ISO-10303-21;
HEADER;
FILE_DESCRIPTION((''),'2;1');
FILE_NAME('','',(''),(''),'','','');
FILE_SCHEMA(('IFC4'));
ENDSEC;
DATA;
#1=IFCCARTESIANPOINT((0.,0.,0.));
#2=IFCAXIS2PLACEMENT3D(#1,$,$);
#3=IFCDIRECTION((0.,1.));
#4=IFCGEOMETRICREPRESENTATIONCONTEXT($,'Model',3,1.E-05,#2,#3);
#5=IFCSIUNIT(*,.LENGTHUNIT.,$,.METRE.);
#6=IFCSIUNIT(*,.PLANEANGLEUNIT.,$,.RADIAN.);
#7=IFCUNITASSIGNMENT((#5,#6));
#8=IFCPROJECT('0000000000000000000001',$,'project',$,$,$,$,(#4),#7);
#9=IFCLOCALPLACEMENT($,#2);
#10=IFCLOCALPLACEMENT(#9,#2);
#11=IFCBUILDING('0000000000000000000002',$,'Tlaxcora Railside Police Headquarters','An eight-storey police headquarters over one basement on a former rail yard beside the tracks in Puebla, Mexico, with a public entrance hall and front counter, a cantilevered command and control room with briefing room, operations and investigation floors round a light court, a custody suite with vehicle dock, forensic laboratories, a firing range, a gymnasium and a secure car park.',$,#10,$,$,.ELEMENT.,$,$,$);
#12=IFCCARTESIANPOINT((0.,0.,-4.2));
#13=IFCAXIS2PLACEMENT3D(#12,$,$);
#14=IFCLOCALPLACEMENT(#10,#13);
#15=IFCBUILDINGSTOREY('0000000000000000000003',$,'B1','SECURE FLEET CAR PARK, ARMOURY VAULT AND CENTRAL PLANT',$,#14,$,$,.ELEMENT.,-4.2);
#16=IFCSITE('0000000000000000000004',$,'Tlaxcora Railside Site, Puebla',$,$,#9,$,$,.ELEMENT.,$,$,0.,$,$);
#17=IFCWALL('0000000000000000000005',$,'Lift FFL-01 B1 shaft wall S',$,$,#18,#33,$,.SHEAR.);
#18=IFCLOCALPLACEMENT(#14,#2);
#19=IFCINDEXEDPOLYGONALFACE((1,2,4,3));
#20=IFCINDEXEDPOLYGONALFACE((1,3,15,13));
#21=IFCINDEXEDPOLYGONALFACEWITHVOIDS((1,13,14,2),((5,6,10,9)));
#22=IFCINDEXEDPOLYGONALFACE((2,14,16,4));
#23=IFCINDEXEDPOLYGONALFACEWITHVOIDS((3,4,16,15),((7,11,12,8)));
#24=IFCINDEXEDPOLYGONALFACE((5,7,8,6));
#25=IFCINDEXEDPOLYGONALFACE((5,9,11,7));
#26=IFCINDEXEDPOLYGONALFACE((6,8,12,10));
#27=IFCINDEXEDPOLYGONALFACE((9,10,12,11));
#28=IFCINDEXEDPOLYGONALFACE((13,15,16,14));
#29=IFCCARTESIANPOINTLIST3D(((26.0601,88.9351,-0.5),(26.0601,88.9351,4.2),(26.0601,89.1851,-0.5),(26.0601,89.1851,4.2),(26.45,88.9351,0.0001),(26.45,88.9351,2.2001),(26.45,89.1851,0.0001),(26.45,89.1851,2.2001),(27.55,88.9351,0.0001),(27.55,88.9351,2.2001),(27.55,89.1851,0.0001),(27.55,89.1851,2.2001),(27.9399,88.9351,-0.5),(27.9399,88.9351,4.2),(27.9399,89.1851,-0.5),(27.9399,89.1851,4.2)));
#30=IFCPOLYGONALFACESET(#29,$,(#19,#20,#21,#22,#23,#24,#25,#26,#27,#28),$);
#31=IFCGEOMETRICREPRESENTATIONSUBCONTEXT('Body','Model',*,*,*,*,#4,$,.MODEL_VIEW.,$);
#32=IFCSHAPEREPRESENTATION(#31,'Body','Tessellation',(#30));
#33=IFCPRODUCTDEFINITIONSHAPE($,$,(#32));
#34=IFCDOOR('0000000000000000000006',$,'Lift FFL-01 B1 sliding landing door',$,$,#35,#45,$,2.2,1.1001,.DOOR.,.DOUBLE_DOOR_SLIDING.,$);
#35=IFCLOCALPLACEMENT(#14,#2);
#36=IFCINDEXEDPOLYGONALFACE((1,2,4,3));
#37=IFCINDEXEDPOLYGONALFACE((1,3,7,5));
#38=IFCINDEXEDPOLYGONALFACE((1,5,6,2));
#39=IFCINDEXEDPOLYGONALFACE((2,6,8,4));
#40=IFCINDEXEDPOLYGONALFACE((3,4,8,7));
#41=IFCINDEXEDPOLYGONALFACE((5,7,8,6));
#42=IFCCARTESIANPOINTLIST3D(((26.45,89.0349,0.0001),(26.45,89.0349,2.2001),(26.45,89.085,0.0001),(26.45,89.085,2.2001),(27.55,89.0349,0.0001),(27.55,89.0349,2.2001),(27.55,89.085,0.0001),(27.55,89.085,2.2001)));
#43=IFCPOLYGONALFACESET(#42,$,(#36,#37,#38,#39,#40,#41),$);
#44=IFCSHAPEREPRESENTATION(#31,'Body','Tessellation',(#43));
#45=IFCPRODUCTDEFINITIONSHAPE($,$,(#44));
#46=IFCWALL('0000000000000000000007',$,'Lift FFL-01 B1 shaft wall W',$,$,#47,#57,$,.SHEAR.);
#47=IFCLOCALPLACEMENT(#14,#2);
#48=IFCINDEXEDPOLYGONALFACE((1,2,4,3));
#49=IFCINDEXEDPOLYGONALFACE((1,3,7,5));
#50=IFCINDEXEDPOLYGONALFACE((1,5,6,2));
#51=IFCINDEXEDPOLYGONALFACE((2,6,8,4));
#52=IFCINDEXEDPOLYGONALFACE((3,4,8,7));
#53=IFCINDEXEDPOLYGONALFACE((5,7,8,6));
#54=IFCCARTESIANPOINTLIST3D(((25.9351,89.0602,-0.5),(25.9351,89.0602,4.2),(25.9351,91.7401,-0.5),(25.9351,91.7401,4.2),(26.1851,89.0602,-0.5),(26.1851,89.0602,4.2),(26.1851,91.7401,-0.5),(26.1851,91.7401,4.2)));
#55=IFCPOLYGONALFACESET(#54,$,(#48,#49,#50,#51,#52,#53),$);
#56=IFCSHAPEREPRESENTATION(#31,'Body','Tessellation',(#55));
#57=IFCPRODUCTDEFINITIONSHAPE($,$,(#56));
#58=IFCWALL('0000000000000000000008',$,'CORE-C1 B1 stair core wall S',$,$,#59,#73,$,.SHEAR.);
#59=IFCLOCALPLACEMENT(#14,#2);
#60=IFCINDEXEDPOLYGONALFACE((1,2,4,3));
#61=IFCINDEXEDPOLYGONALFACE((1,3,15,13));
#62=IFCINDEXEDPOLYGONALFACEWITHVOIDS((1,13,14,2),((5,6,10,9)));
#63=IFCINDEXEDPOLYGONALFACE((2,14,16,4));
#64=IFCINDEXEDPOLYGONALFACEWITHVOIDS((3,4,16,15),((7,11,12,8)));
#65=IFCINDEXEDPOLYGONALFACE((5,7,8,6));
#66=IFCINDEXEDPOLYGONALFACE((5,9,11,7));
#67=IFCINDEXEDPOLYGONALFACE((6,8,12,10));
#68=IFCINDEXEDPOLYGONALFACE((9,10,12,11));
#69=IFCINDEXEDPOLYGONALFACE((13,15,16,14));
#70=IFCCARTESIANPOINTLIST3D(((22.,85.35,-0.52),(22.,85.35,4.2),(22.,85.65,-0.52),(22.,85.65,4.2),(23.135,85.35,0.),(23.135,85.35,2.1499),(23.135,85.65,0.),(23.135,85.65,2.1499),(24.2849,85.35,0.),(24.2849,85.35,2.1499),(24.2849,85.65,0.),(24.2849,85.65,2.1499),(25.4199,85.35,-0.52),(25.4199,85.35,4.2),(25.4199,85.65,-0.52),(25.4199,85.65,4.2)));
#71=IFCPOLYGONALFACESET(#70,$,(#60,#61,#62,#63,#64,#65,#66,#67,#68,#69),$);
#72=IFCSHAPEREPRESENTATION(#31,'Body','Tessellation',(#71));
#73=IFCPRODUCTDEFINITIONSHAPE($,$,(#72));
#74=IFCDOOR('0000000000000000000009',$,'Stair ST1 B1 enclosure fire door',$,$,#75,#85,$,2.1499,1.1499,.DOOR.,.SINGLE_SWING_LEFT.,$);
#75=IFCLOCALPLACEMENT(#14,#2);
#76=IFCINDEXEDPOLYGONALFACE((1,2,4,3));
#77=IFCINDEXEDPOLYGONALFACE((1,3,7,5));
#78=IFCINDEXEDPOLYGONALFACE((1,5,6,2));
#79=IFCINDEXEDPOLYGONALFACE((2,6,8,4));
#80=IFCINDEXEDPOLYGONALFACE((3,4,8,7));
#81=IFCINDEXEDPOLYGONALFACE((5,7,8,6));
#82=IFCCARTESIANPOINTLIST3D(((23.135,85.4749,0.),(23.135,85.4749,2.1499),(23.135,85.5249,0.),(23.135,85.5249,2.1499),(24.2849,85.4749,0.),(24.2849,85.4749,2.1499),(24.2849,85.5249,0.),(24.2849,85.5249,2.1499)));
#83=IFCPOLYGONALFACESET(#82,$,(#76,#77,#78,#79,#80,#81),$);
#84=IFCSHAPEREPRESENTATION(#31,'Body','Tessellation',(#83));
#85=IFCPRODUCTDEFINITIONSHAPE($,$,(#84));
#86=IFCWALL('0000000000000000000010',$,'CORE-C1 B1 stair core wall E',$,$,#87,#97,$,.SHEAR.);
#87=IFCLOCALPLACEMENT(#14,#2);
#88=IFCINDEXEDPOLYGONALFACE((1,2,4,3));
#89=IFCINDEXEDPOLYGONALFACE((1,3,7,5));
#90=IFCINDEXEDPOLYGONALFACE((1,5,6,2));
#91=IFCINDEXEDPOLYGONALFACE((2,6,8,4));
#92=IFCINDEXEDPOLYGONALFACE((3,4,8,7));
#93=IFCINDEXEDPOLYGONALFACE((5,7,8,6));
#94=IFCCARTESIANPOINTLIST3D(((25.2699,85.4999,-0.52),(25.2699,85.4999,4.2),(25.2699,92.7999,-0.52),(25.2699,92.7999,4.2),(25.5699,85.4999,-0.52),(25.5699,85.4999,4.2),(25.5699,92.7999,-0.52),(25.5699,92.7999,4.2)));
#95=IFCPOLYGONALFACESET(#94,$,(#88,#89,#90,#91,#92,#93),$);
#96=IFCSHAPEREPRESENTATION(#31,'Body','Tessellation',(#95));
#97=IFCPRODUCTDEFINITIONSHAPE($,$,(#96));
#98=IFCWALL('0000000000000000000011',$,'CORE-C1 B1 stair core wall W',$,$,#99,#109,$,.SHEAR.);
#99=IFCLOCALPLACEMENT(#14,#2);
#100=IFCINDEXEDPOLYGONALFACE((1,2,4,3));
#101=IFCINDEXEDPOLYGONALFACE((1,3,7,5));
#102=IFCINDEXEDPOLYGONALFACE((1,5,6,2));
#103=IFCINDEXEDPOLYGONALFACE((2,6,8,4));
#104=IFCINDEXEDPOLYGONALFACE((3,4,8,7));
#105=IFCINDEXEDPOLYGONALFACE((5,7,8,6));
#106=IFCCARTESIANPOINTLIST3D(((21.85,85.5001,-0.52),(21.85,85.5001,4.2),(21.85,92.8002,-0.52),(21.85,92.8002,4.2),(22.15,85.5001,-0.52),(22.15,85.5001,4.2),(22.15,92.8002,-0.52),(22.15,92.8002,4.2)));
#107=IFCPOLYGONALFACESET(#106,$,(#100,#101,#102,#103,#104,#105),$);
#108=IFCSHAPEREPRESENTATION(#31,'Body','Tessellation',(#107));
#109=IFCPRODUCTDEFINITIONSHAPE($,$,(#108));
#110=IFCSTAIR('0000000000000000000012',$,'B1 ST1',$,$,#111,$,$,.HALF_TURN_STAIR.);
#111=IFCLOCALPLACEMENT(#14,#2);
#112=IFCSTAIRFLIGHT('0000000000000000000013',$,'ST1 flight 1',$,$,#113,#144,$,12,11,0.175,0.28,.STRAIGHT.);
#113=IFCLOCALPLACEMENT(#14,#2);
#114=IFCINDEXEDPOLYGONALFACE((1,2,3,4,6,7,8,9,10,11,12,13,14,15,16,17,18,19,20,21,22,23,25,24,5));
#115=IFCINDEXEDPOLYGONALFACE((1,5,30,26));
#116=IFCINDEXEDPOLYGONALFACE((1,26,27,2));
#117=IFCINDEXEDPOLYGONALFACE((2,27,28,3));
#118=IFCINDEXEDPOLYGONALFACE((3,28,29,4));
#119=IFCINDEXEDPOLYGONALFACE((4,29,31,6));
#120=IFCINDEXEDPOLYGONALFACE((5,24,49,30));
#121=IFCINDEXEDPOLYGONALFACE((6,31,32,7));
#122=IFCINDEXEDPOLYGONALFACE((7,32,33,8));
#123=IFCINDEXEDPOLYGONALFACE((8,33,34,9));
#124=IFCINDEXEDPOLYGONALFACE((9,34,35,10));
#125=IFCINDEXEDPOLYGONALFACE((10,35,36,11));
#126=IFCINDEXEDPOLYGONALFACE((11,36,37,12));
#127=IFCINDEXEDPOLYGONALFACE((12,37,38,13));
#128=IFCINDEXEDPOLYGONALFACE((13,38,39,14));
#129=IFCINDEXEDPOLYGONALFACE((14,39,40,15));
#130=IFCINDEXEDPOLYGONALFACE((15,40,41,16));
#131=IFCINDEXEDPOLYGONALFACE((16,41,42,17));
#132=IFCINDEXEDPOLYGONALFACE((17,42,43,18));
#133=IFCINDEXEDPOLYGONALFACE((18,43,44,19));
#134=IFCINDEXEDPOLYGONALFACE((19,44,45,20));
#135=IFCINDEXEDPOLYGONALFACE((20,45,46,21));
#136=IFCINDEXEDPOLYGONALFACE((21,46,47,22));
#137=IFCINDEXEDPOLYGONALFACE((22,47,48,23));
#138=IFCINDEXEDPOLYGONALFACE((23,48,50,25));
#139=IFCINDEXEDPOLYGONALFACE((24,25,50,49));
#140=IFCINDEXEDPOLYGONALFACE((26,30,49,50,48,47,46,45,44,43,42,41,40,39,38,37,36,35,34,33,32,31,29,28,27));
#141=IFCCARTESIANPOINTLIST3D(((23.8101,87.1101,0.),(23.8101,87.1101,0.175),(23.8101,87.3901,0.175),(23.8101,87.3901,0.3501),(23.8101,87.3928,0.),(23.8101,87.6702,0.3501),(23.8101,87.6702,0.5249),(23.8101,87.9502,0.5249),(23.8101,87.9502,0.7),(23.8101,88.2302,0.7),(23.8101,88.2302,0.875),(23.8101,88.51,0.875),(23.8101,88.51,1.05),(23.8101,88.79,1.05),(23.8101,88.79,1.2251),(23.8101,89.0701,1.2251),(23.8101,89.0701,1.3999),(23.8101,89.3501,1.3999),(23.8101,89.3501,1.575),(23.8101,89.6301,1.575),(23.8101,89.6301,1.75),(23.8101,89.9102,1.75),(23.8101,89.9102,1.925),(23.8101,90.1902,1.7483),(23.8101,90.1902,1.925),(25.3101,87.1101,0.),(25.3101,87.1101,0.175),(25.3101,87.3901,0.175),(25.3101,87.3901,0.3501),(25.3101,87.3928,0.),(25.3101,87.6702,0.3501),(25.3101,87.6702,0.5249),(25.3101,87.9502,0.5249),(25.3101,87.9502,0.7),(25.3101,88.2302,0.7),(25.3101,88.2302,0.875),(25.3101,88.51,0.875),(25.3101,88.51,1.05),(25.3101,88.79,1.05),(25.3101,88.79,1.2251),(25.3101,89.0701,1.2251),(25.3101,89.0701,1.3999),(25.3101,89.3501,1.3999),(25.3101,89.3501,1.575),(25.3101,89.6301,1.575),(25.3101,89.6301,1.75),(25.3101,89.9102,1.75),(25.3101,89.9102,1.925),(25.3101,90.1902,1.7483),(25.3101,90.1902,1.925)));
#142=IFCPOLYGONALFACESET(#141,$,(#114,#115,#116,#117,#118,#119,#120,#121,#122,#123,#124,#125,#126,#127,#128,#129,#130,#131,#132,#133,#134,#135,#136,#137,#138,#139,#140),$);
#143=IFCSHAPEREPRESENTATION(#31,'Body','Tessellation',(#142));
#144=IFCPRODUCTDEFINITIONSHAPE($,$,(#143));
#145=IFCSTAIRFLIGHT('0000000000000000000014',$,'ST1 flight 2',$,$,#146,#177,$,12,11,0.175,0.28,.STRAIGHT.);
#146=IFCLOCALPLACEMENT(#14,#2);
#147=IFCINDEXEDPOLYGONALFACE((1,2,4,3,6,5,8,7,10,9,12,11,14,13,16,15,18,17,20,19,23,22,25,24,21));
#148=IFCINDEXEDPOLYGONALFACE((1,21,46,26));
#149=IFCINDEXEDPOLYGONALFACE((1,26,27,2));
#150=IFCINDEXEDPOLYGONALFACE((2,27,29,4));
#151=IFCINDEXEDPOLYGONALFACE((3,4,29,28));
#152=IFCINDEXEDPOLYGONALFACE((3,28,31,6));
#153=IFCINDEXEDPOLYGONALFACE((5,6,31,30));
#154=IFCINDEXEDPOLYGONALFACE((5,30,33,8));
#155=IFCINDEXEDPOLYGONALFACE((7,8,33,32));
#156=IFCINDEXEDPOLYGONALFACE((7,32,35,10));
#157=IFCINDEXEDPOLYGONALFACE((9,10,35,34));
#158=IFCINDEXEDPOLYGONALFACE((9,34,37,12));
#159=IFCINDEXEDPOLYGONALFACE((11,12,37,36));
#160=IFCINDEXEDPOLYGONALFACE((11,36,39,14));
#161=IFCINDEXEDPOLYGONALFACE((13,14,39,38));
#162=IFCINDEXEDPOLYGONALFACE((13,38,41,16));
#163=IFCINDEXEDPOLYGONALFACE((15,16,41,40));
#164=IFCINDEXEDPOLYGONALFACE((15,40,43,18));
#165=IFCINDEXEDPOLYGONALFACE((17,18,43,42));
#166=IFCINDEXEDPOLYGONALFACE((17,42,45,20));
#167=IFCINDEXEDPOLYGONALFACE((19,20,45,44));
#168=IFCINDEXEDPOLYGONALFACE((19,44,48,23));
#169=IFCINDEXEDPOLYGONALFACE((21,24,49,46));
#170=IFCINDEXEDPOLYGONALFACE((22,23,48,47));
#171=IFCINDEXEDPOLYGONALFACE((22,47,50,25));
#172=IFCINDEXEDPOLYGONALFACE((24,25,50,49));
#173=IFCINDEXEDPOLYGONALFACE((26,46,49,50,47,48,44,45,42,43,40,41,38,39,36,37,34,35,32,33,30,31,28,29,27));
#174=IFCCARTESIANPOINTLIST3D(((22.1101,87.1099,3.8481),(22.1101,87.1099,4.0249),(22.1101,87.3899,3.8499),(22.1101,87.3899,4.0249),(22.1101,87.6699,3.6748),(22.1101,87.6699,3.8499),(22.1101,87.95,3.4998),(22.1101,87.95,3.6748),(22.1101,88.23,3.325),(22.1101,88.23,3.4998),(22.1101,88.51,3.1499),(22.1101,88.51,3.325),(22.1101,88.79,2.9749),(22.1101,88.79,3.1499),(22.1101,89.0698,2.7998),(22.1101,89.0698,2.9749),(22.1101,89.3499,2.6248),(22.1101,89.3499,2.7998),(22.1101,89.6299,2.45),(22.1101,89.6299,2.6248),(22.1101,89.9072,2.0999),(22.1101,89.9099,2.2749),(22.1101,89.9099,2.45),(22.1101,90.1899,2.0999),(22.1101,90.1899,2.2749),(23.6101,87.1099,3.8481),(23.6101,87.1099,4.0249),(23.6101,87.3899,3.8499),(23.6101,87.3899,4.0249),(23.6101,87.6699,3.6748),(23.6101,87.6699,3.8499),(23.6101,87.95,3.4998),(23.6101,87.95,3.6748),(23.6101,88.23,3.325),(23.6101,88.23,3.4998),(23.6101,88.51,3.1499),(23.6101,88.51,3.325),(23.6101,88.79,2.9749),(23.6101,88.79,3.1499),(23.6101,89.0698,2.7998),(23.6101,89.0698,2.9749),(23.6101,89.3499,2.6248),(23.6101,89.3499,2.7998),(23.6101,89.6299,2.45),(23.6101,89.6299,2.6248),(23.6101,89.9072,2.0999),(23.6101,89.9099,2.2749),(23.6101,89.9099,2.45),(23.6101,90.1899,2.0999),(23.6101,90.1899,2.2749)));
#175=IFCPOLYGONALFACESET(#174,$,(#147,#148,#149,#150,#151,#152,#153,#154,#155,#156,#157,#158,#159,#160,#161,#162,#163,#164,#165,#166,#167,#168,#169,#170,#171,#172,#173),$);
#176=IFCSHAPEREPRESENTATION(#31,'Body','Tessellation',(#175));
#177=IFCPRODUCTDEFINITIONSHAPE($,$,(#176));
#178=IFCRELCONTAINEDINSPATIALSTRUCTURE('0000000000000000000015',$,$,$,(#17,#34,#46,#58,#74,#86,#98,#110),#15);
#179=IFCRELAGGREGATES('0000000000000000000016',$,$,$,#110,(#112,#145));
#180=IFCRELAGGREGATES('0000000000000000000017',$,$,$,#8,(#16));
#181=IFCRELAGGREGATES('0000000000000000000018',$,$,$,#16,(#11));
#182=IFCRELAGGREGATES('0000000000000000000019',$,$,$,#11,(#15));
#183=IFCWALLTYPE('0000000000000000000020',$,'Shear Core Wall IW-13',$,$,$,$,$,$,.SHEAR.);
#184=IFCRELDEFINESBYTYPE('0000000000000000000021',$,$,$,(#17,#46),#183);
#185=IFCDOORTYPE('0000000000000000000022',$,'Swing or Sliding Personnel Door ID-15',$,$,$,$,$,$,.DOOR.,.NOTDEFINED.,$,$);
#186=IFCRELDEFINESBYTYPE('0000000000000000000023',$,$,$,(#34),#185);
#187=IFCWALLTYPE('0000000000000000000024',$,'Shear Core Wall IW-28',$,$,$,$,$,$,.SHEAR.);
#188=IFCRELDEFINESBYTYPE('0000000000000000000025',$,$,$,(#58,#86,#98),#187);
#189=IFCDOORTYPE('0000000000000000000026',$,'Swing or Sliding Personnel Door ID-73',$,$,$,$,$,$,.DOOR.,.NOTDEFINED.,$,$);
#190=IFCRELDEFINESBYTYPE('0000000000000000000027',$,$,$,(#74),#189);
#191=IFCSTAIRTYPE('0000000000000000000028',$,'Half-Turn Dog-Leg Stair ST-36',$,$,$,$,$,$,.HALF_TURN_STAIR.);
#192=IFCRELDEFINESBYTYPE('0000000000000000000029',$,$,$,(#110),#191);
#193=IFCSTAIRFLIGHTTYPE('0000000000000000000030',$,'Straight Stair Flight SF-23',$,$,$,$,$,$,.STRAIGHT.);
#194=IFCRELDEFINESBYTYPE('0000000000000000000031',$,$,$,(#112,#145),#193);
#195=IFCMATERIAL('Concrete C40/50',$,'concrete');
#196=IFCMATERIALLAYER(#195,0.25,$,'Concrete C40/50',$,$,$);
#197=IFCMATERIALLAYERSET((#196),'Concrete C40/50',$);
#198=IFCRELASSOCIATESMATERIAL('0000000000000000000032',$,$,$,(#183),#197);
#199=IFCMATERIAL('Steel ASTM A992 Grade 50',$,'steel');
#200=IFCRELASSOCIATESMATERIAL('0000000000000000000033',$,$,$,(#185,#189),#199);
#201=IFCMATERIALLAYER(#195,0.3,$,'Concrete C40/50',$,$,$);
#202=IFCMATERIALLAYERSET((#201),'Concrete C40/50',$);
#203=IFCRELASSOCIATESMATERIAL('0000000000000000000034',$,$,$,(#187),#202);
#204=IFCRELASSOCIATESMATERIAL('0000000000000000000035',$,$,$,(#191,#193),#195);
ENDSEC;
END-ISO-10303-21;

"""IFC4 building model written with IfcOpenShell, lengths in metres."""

from ifc_helpers import new_model, si_unit, direction, frame, frame_2d, origin, place, context, subcontext, project, spatial, polyline, rectangle, outline, extrude, material, layer, layer_set, type_object, element, fill, aggregate, save


model = new_model("IFC4")

# Units and contexts
model_context = context("Model", 3, precision=1e-05, world=origin(), true_north=direction((0.0, 1.0)))
body_context = subcontext(model_context, "Body", "Model", "MODEL_VIEW")
ifc_project = project(units=[si_unit("LENGTHUNIT", "METRE"), si_unit("PLANEANGLEUNIT", "RADIAN")], contexts=[model_context])

# Site, building, storey
site_placement = place(None, origin())
site = spatial("IfcSite", under=ifc_project, at=site_placement, Name="Tlaxcora Railside Site, Puebla", CompositionType="ELEMENT", RefElevation=0.0)
building_placement = place(site_placement, origin())
building = spatial("IfcBuilding", under=site, at=building_placement, Name="Tlaxcora Railside Police Headquarters", Description="An eight-storey police headquarters over one basement on a former rail yard beside the tracks in Puebla, Mexico, with a public entrance hall and front counter, a cantilevered command and control room with briefing room, operations and investigation floors round a light court, a custody suite with vehicle dock, forensic laboratories, a firing range, a gymnasium and a secure car park.", CompositionType="ELEMENT")
storey_placement = place(building_placement, frame((0.0, 0.0, -4.2)))
storey = spatial("IfcBuildingStorey", under=building, at=storey_placement, Name="B1", Description="SECURE FLEET CAR PARK, ARMOURY VAULT AND CENTRAL PLANT", CompositionType="ELEMENT", Elevation=-4.2)

# Shared definitions
ifc_material_1 = material(Name="Concrete C40/50", Category="concrete")

# Wall, opening, door
ifc_layer_1 = layer(ifc_material_1, 0.25, Name="Concrete C40/50")
ifc_layer_set_1 = layer_set([ifc_layer_1], Name="Concrete C40/50")
wall_type_1 = type_object("IfcWallType", Name="Shear Core Wall IW-13", PredefinedType="SHEAR", material=ifc_layer_set_1)
wall_1_placement = place(storey_placement, frame((26.0601, 89.0601, -0.5), z_axis=(0.0, 0.0, 1.0), x_axis=(1.0, 0.0, 0.0)))
wall_1 = element("IfcWall", 1, at=wall_1_placement, inside=storey, type_object=wall_type_1, Name="Lift FFL-01 B1 shaft wall S", PredefinedType="SHEAR", context=body_context, shape_type="SweptSolid", body=[
    extrude(rectangle(XDim=1.8799, YDim=0.25, at=frame_2d((0.9399, 0.0))), origin(), (0.0, 0.0, 1.0), 4.7),
])
opening_1_placement = place(wall_1_placement, frame((0.3899, 0.0, 0.5)))
opening_1 = element("IfcOpeningElement", 2, at=opening_1_placement, cuts=wall_1, PredefinedType="OPENING", context=body_context, shape_type="SweptSolid", body=[
    extrude(rectangle(XDim=1.1001, YDim=2.2, at=frame_2d((0.55, 1.1001))), frame((0.0, 0.135, 0.0), z_axis=(0.0, -1.0, 0.0), x_axis=(1.0, 0.0, 0.0)), (0.0, 0.0, 1.0), 0.27),
])
ifc_material_2 = material(Name="Steel ASTM A992 Grade 50", Category="steel")
door_type_1 = type_object("IfcDoorType", Name="Swing or Sliding Personnel Door ID-15", OperationType="NOTDEFINED", PredefinedType="DOOR", material=ifc_material_2)
door_1_placement = place(opening_1_placement, origin())
door_1 = element("IfcDoor", 3, at=door_1_placement, inside=storey, type_object=door_type_1, Name="Lift FFL-01 B1 sliding landing door", OperationType="DOUBLE_DOOR_SLIDING", OverallHeight=2.2, OverallWidth=1.1001, PredefinedType="DOOR", context=body_context, shape_type="SweptSolid", body=[
    extrude(rectangle(XDim=1.1001, YDim=2.2, at=frame_2d((0.55, 1.1001))), frame((0.0, 0.0249, 0.0), z_axis=(0.0, -1.0, 0.0), x_axis=(1.0, 0.0, 0.0)), (0.0, 0.0, 1.0), 0.05),
])
fill(opening_1, door_1)

# Wall
wall_2_placement = place(storey_placement, frame((26.0601, 91.74, -0.5), z_axis=(0.0, 0.0, 1.0), x_axis=(0.0, -1.0, 0.0)))
element("IfcWall", 4, at=wall_2_placement, inside=storey, type_object=wall_type_1, Name="Lift FFL-01 B1 shaft wall W", PredefinedType="SHEAR", context=body_context, shape_type="SweptSolid", body=[
    extrude(rectangle(XDim=2.6799, YDim=0.25, at=frame_2d((1.3398, 0.0))), origin(), (0.0, 0.0, 1.0), 4.7),
])

# Wall, opening, door
ifc_layer_2 = layer(ifc_material_1, 0.3, Name="Concrete C40/50")
ifc_layer_set_2 = layer_set([ifc_layer_2], Name="Concrete C40/50")
wall_type_2 = type_object("IfcWallType", Name="Shear Core Wall IW-28", PredefinedType="SHEAR", material=ifc_layer_set_2)
wall_3_placement = place(storey_placement, frame((22.0, 85.5, -0.52), z_axis=(0.0, 0.0, 1.0), x_axis=(1.0, 0.0, 0.0)))
wall_3 = element("IfcWall", 5, at=wall_3_placement, inside=storey, type_object=wall_type_2, Name="CORE-C1 B1 stair core wall S", PredefinedType="SHEAR", context=body_context, shape_type="SweptSolid", body=[
    extrude(rectangle(XDim=3.4199, YDim=0.3, at=frame_2d((1.71, 0.0))), origin(), (0.0, 0.0, 1.0), 4.72),
])
opening_2_placement = place(wall_3_placement, frame((1.135, 0.0, 0.52)))
opening_2 = element("IfcOpeningElement", 6, at=opening_2_placement, cuts=wall_3, PredefinedType="OPENING", context=body_context, shape_type="SweptSolid", body=[
    extrude(rectangle(XDim=1.1499, YDim=2.1499, at=frame_2d((0.575, 1.075))), frame((0.0, 0.1602, 0.0), z_axis=(0.0, -1.0, 0.0), x_axis=(1.0, 0.0, 0.0)), (0.0, 0.0, 1.0), 0.3201),
])
door_type_2 = type_object("IfcDoorType", Name="Swing or Sliding Personnel Door ID-73", OperationType="NOTDEFINED", PredefinedType="DOOR", material=ifc_material_2)
door_2_placement = place(opening_2_placement, origin())
door_2 = element("IfcDoor", 7, at=door_2_placement, inside=storey, type_object=door_type_2, Name="Stair ST1 B1 enclosure fire door", OperationType="SINGLE_SWING_LEFT", OverallHeight=2.1499, OverallWidth=1.1499, PredefinedType="DOOR", context=body_context, shape_type="SweptSolid", body=[
    extrude(rectangle(XDim=1.1499, YDim=2.1499, at=frame_2d((0.575, 1.075))), frame((0.0, 0.0249, 0.0), z_axis=(0.0, -1.0, 0.0), x_axis=(1.0, 0.0, 0.0)), (0.0, 0.0, 1.0), 0.05),
])
fill(opening_2, door_2)

# Walls
for number, where, z_axis, x_axis, name in (
    (8, (25.4199, 85.5, -0.52), (0.0, 0.0, 1.0), (0.0, 1.0, 0.0), "CORE-C1 B1 stair core wall E"),
    (9, (22.0, 92.8, -0.52), (0.0, 0.0, 1.0), (0.0, -1.0, 0.0), "CORE-C1 B1 stair core wall W"),
):
    element("IfcWall", number, at=place(storey_placement, frame(where, z_axis=z_axis, x_axis=x_axis)), inside=storey, type_object=wall_type_2, Name=name, PredefinedType="SHEAR", context=body_context, shape_type="SweptSolid", body=[
        extrude(rectangle(XDim=7.3, YDim=0.3, at=frame_2d((3.6499, 0.0))), origin(), (0.0, 0.0, 1.0), 4.72),
    ])

# Stair, stair flights
stair_type = type_object("IfcStairType", Name="Half-Turn Dog-Leg Stair ST-36", PredefinedType="HALF_TURN_STAIR", material=ifc_material_1)
stair_placement = place(storey_placement, origin())
stair = element("IfcStair", 10, at=stair_placement, inside=storey, type_object=stair_type, Name="B1 ST1", PredefinedType="HALF_TURN_STAIR")
stair_flight_type = type_object("IfcStairFlightType", Name="Straight Stair Flight SF-23", PredefinedType="STRAIGHT", material=ifc_material_1)
stair_flight_1_placement = place(storey_placement, frame((24.5601, 87.1101, 0.0), z_axis=(0.0, 0.0, 1.0), x_axis=(0.0, 1.0, 0.0)))
stair_flight_1 = element("IfcStairFlight", 11, at=stair_flight_1_placement, type_object=stair_flight_type, Name="ST1 flight 1", NumberOfRisers=12, NumberOfTreads=11, PredefinedType="STRAIGHT", RiserHeight=0.175, TreadLength=0.28, context=body_context, shape_type="SweptSolid", body=[
    extrude(outline(polyline([(0.0, 0.0), (0.0, 0.175), (0.28, 0.175), (0.28, 0.3501), (0.5601, 0.3501), (0.5601, 0.5249), (0.8401, 0.5249), (0.8401, 0.7), (1.1201, 0.7), (1.1201, 0.875), (1.3999, 0.875), (1.3999, 1.05), (1.6799, 1.05), (1.6799, 1.2251), (1.96, 1.2251), (1.96, 1.3999), (2.24, 1.3999), (2.24, 1.575), (2.52, 1.575), (2.52, 1.75), (2.8, 1.75), (2.8, 1.925), (3.0801, 1.925), (3.0801, 2.1001), (3.0801, 1.7483), (0.2827, 0.0), (0.0, 0.0)])), frame((0.0, 0.75, 0.0), z_axis=(0.0, -1.0, 0.0), x_axis=(1.0, 0.0, 0.0)), (0.0, 0.0, 1.0), 1.5),
])
stair_flight_2_placement = place(storey_placement, frame((22.8601, 90.1899, 2.0999), z_axis=(0.0, 0.0, 1.0), x_axis=(0.0, -1.0, 0.0)))
stair_flight_2 = element("IfcStairFlight", 12, at=stair_flight_2_placement, type_object=stair_flight_type, Name="ST1 flight 2", NumberOfRisers=12, NumberOfTreads=11, PredefinedType="STRAIGHT", RiserHeight=0.175, TreadLength=0.28, context=body_context, shape_type="SweptSolid", body=[
    extrude(outline(polyline([(0.0, 0.0), (0.0, 0.175), (0.28, 0.175), (0.28, 0.3501), (0.5601, 0.3501), (0.5601, 0.5249), (0.8401, 0.5249), (0.8401, 0.7), (1.1201, 0.7), (1.1201, 0.875), (1.3999, 0.875), (1.3999, 1.05), (1.6799, 1.05), (1.6799, 1.2251), (1.96, 1.2251), (1.96, 1.3999), (2.24, 1.3999), (2.24, 1.575), (2.52, 1.575), (2.52, 1.75), (2.8, 1.75), (2.8, 1.925), (3.0801, 1.925), (3.0801, 2.1001), (3.0801, 1.7483), (0.2827, 0.0), (0.0, 0.0)])), frame((0.0, 0.75, 0.0), z_axis=(0.0, -1.0, 0.0), x_axis=(1.0, 0.0, 0.0)), (0.0, 0.0, 1.0), 1.5),
])
aggregate(stair, [stair_flight_1, stair_flight_2])

save(model, "model.ifc")
